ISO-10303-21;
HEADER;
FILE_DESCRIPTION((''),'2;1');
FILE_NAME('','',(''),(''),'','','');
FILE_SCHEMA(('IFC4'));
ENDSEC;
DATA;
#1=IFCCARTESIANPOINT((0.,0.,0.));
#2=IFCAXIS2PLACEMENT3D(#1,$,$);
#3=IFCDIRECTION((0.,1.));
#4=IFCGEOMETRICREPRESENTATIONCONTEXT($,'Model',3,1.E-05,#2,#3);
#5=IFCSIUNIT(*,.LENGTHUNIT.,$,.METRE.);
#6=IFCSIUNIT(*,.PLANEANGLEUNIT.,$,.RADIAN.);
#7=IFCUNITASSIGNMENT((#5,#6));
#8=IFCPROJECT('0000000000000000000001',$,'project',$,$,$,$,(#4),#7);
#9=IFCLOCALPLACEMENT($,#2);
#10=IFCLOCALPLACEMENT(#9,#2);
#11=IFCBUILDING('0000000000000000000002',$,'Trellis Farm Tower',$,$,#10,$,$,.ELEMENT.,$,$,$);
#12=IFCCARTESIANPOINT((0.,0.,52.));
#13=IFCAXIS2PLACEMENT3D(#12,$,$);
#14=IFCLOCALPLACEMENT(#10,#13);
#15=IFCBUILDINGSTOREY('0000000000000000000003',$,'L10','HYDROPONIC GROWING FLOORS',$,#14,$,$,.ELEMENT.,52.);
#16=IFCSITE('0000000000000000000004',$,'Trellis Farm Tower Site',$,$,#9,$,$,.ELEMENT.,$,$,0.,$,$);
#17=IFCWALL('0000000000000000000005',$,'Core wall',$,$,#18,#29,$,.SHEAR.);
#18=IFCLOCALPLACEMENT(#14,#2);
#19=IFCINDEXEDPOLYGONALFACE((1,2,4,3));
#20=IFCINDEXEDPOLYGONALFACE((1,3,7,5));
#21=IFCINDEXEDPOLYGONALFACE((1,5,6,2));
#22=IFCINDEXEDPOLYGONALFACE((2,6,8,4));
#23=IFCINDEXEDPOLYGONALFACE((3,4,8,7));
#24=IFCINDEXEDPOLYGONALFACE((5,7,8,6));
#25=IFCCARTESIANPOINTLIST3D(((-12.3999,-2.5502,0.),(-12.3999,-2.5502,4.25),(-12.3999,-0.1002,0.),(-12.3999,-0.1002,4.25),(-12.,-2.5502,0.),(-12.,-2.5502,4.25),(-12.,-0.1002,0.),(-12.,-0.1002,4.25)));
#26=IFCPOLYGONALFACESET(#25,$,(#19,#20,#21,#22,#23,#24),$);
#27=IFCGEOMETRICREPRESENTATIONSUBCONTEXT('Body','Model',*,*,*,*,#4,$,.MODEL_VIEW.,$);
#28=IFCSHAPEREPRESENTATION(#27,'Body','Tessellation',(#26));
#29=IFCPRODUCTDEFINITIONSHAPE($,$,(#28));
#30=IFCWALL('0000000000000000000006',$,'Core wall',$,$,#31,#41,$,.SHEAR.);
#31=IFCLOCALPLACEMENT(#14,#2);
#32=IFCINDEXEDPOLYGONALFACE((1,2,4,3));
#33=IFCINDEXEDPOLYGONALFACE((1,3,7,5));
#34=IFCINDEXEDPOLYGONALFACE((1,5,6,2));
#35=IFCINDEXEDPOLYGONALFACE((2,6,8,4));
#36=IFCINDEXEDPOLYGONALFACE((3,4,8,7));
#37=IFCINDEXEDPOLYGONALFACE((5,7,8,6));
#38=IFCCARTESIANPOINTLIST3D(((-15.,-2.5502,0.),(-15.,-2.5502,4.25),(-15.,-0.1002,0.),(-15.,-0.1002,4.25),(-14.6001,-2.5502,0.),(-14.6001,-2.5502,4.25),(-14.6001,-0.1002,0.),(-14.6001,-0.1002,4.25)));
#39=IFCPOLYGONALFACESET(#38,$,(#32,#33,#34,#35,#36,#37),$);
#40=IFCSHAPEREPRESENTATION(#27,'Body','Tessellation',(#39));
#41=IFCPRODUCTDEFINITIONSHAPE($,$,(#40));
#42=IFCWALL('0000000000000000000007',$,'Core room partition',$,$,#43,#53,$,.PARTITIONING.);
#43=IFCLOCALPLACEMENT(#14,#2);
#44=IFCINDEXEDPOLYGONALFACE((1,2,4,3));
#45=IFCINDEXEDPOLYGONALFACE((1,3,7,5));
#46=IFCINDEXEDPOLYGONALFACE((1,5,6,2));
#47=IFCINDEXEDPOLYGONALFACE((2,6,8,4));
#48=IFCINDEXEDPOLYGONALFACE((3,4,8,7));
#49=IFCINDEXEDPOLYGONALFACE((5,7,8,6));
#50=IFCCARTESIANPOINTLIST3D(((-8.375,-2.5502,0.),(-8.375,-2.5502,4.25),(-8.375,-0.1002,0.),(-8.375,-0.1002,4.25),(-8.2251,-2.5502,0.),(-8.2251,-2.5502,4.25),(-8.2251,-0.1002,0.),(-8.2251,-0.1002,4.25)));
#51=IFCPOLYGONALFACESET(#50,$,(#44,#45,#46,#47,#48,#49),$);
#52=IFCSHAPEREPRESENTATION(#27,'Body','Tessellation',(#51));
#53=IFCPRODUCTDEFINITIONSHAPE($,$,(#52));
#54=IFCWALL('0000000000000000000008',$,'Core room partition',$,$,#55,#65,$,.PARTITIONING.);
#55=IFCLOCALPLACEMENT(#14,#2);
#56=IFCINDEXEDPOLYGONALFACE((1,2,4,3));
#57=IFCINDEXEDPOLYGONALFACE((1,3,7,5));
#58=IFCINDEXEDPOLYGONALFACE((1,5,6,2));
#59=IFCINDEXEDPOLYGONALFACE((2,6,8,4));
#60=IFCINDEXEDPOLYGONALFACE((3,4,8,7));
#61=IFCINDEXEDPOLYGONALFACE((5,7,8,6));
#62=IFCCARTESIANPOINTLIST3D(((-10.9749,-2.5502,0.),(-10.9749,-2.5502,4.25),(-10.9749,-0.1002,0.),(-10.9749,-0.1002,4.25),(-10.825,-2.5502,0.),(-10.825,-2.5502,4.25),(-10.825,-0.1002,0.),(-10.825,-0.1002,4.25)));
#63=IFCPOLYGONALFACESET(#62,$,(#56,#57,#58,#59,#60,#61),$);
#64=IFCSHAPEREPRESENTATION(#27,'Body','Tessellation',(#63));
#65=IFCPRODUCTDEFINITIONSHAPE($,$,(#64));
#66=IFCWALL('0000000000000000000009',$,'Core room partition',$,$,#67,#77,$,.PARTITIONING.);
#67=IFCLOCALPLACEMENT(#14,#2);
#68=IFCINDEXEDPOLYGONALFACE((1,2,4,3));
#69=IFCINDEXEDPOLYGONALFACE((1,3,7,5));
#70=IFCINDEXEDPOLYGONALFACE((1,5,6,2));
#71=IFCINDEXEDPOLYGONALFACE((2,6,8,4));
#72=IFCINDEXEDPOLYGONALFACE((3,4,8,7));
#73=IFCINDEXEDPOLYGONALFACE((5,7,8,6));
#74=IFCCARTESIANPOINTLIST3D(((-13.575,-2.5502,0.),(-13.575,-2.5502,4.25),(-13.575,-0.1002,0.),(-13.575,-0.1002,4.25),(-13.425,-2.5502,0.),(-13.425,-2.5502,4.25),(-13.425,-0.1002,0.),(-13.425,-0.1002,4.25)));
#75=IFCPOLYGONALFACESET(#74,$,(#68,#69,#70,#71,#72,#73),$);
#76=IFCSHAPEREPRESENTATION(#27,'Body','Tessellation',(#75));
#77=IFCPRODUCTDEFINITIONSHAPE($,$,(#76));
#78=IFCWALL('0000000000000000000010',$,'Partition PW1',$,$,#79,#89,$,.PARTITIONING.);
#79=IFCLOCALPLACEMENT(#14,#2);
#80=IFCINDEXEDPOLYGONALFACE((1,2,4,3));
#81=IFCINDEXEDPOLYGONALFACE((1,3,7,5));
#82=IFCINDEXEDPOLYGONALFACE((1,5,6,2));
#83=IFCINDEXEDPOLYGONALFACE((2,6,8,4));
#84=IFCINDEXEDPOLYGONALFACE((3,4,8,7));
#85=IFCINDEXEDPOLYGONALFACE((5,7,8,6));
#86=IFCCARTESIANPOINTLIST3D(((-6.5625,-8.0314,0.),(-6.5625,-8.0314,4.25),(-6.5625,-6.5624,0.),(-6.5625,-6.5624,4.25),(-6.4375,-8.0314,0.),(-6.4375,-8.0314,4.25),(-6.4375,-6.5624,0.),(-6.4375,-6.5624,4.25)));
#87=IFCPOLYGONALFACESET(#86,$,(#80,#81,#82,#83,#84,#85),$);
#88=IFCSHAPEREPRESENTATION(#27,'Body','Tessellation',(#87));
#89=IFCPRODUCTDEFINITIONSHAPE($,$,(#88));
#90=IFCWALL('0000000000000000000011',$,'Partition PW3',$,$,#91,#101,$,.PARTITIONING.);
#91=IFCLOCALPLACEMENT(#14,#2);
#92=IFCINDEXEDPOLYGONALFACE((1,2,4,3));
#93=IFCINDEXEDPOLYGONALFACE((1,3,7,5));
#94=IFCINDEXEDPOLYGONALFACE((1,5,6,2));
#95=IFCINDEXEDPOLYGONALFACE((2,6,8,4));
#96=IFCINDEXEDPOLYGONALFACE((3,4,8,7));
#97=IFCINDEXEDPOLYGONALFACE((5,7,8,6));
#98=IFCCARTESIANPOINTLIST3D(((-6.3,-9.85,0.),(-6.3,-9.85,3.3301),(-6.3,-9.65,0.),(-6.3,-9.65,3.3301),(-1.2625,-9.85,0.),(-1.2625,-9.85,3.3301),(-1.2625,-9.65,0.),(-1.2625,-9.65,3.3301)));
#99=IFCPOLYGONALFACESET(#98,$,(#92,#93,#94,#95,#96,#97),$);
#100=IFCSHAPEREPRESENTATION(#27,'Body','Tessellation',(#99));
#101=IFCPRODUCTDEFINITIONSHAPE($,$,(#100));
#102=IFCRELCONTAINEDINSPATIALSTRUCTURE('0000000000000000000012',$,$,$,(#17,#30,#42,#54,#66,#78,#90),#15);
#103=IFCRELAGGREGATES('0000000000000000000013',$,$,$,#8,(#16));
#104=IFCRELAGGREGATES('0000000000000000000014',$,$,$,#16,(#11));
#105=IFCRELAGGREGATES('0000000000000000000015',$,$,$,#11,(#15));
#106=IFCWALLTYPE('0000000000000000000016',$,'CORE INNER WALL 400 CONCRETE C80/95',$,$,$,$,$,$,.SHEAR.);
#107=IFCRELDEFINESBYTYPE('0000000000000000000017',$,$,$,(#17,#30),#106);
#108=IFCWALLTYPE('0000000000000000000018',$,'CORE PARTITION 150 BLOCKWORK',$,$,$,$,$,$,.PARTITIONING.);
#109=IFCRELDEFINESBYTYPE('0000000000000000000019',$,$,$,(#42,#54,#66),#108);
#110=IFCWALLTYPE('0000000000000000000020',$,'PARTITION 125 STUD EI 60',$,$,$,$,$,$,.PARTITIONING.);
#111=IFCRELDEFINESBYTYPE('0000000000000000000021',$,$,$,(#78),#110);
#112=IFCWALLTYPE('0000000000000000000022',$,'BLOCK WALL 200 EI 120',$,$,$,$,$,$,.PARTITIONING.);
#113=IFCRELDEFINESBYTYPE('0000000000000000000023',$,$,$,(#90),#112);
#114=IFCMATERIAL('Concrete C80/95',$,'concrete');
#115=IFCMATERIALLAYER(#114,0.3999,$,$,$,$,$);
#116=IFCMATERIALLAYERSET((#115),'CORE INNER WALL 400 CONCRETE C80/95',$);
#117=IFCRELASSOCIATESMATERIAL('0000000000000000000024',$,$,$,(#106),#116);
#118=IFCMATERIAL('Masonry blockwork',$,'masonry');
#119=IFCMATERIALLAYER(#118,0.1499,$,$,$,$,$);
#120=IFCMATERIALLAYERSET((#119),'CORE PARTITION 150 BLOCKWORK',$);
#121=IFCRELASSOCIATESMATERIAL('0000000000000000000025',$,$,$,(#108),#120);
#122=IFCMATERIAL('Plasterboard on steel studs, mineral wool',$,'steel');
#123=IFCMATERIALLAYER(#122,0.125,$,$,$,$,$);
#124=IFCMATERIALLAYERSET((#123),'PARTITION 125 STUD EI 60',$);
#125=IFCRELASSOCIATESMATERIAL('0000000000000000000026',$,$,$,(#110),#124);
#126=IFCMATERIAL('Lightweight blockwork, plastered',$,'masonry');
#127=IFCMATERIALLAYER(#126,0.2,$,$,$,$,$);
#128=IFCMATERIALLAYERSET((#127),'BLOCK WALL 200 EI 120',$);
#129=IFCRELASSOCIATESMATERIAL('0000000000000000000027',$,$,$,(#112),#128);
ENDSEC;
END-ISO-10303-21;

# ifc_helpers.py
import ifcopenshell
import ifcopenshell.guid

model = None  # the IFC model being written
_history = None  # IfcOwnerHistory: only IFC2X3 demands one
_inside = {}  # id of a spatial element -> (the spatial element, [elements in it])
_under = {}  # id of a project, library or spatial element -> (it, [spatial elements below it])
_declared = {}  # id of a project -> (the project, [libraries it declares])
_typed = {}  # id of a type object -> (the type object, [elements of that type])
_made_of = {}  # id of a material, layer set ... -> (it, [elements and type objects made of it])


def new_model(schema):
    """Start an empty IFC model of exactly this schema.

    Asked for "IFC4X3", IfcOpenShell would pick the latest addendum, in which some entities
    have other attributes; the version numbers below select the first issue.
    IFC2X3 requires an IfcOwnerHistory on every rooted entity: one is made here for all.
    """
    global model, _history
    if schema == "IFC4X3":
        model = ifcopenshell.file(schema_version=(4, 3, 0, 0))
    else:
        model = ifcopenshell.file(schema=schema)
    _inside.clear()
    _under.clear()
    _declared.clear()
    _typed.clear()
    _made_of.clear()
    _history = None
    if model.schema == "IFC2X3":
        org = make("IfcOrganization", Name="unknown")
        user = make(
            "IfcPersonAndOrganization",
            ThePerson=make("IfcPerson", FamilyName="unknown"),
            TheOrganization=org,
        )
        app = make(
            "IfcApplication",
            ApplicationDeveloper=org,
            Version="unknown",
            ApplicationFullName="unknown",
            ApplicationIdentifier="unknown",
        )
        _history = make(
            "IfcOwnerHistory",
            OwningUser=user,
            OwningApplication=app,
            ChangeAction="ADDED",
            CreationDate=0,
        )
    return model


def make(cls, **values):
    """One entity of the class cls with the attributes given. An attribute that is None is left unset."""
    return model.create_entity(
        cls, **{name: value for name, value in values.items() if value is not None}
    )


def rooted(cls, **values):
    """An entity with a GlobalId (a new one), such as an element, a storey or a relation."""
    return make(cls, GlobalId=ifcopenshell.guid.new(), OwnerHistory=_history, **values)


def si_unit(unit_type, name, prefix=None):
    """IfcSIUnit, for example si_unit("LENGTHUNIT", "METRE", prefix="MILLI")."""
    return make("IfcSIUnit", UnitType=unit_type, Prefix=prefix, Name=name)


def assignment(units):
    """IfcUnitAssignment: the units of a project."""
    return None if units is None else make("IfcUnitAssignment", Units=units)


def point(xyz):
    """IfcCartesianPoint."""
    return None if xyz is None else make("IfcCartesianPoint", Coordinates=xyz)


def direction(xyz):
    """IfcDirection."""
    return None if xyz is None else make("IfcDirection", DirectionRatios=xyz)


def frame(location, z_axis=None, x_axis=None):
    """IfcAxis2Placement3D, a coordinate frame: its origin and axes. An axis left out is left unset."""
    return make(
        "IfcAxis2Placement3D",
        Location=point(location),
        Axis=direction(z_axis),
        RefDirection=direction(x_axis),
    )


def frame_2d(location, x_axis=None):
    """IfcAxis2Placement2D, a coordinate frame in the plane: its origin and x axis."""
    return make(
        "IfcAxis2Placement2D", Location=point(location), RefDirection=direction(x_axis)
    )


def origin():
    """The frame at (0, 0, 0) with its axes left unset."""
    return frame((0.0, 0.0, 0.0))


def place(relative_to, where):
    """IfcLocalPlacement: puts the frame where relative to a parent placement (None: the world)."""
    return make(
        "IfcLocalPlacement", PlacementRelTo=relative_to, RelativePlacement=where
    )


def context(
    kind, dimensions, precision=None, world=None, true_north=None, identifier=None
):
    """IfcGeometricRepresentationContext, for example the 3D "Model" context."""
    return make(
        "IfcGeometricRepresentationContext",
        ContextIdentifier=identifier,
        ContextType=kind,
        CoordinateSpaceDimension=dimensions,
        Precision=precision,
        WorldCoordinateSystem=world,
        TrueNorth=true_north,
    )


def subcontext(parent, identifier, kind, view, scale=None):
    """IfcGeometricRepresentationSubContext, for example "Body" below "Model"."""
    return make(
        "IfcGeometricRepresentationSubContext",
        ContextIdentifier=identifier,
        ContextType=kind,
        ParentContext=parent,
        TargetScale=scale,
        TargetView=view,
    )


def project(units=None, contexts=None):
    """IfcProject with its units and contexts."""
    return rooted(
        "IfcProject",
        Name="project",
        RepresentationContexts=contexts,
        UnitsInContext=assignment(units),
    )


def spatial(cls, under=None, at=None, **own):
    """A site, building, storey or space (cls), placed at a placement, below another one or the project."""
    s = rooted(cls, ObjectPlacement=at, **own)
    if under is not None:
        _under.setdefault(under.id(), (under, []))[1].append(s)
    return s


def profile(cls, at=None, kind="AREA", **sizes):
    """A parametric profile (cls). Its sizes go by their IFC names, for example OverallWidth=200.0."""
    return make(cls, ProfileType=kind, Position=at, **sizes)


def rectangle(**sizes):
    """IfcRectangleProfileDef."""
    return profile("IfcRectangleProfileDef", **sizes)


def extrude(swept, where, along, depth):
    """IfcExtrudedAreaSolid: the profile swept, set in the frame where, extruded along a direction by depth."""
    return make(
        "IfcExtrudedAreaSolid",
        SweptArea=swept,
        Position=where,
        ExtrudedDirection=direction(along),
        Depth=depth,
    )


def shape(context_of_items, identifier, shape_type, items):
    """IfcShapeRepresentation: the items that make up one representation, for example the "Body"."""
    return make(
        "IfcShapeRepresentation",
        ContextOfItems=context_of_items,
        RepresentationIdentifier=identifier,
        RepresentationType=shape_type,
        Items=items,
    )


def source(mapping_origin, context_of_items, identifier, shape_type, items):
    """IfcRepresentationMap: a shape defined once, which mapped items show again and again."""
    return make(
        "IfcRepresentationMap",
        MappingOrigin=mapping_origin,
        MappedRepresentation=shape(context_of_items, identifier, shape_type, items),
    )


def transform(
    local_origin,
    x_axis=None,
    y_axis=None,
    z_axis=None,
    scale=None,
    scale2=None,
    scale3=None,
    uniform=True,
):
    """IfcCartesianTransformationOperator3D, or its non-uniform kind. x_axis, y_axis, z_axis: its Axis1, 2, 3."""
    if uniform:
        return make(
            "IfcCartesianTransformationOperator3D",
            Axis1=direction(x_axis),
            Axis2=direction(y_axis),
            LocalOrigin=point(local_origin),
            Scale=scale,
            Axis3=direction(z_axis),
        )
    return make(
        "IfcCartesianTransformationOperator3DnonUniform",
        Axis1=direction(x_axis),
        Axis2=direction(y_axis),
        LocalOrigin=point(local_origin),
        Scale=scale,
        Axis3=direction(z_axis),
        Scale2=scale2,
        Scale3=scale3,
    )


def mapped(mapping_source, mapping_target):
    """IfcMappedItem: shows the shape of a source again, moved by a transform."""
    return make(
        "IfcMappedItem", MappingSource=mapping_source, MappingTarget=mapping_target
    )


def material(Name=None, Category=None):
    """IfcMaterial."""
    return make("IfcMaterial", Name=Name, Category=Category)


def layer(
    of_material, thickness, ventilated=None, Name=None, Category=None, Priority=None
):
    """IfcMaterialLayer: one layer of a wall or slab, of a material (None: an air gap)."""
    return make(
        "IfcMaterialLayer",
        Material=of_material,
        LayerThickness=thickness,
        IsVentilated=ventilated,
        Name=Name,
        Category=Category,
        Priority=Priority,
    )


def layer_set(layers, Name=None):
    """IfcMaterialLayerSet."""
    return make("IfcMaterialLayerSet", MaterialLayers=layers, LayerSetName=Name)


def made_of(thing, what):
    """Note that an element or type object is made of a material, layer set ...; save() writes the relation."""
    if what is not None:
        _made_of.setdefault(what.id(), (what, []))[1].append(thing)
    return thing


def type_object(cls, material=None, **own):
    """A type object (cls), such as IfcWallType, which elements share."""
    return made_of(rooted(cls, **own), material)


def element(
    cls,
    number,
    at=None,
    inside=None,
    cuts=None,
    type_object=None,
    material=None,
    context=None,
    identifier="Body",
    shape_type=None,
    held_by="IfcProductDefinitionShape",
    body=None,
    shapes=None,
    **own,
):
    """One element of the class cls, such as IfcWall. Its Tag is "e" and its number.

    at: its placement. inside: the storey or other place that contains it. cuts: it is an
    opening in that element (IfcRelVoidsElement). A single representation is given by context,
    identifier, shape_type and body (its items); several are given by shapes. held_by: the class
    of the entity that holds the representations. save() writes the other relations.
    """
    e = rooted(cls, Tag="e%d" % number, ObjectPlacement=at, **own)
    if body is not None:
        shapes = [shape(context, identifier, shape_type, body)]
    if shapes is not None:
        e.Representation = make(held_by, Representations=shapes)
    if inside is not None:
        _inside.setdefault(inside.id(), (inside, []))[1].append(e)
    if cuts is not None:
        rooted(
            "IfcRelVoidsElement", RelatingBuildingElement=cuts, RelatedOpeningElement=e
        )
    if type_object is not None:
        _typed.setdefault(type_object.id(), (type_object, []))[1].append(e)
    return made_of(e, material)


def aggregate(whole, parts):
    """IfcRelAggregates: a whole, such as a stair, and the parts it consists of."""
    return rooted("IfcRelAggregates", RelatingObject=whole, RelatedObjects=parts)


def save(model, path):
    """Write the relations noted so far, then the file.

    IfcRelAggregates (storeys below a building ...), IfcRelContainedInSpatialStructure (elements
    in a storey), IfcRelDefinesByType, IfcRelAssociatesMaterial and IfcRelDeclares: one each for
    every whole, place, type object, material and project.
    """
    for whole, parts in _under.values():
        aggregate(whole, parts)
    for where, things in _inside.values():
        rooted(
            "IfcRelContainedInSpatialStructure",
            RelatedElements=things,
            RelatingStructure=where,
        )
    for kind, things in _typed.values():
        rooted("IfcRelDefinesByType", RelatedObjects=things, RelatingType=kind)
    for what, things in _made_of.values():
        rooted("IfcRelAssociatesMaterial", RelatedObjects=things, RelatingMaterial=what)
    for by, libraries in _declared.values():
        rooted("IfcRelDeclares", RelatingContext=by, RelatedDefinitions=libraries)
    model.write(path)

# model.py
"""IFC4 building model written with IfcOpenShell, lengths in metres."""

from ifc_helpers import new_model, si_unit, direction, frame, frame_2d, origin, place, context, subcontext, project, spatial, rectangle, extrude, source, transform, mapped, material, layer, layer_set, type_object, element, save


model = new_model("IFC4")

# Units and contexts
model_context = context("Model", 3, precision=1e-05, world=origin(), true_north=direction((0.0, 1.0)))
body_context = subcontext(model_context, "Body", "Model", "MODEL_VIEW")
ifc_project = project(units=[si_unit("LENGTHUNIT", "METRE"), si_unit("PLANEANGLEUNIT", "RADIAN")], contexts=[model_context])

# Site, building, storey
site_placement = place(None, origin())
site = spatial("IfcSite", under=ifc_project, at=site_placement, Name="Trellis Farm Tower Site", CompositionType="ELEMENT", RefElevation=0.0)
building_placement = place(site_placement, origin())
building = spatial("IfcBuilding", under=site, at=building_placement, Name="Trellis Farm Tower", CompositionType="ELEMENT")
storey_placement = place(building_placement, frame((0.0, 0.0, 52.0)))
storey = spatial("IfcBuildingStorey", under=building, at=storey_placement, Name="L10", Description="HYDROPONIC GROWING FLOORS", CompositionType="ELEMENT", Elevation=52.0)

# Shared definitions
ifc_material_1 = material(Name="Concrete C80/95", Category="concrete")

# Walls
ifc_layer_1 = layer(ifc_material_1, 0.3999)
ifc_layer_set_1 = layer_set([ifc_layer_1], Name="CORE INNER WALL 400 CONCRETE C80/95")
wall_type_1 = type_object("IfcWallType", Name="CORE INNER WALL 400 CONCRETE C80/95", PredefinedType="SHEAR", material=ifc_layer_set_1)
shared_shape_1 = source(origin(), body_context, "Body", "SweptSolid", [
    extrude(rectangle(XDim=2.45, YDim=0.3999, at=frame_2d((1.2251, 0.0))), origin(), (0.0, 0.0, 1.0), 4.25),
])
for number, where, z_axis, x_axis, name in (
    (1, (-12.2, -0.1001, 0.0), (0.0, 0.0, 1.0), (0.0, -1.0, 0.0), "Core wall"),
    (2, (-14.8, -0.1001, 0.0), (0.0, 0.0, 1.0), (0.0, -1.0, 0.0), "Core wall"),
):
    element("IfcWall", number, at=place(storey_placement, frame(where, z_axis=z_axis, x_axis=x_axis)), inside=storey, type_object=wall_type_1, Name=name, PredefinedType="SHEAR", context=body_context, shape_type="MappedRepresentation", body=[
        mapped(shared_shape_1, transform((0.0, 0.0, 0.0))),
    ])

# Walls
ifc_material_2 = material(Name="Masonry blockwork", Category="masonry")
ifc_layer_2 = layer(ifc_material_2, 0.1499)
ifc_layer_set_2 = layer_set([ifc_layer_2], Name="CORE PARTITION 150 BLOCKWORK")
wall_type_2 = type_object("IfcWallType", Name="CORE PARTITION 150 BLOCKWORK", PredefinedType="PARTITIONING", material=ifc_layer_set_2)
shared_shape_2 = source(origin(), body_context, "Body", "SweptSolid", [
    extrude(rectangle(XDim=2.45, YDim=0.1499, at=frame_2d((1.2251, 0.0))), origin(), (0.0, 0.0, 1.0), 4.25),
])
for number, where, z_axis, x_axis, name in (
    (3, (-8.3, -0.1001, 0.0), (0.0, 0.0, 1.0), (0.0, -1.0, 0.0), "Core room partition"),
    (4, (-10.8999, -0.1001, 0.0), (0.0, 0.0, 1.0), (0.0, -1.0, 0.0), "Core room partition"),
    (5, (-13.5, -0.1001, 0.0), (0.0, 0.0, 1.0), (0.0, -1.0, 0.0), "Core room partition"),
):
    element("IfcWall", number, at=place(storey_placement, frame(where, z_axis=z_axis, x_axis=x_axis)), inside=storey, type_object=wall_type_2, Name=name, PredefinedType="PARTITIONING", context=body_context, shape_type="MappedRepresentation", body=[
        mapped(shared_shape_2, transform((0.0, 0.0, 0.0))),
    ])

# Walls
ifc_material_3 = material(Name="Plasterboard on steel studs, mineral wool", Category="steel")
ifc_layer_3 = layer(ifc_material_3, 0.125)
ifc_layer_set_3 = layer_set([ifc_layer_3], Name="PARTITION 125 STUD EI 60")
wall_type_3 = type_object("IfcWallType", Name="PARTITION 125 STUD EI 60", PredefinedType="PARTITIONING", material=ifc_layer_set_3)
shared_shape_3 = source(origin(), body_context, "Body", "SweptSolid", [
    extrude(rectangle(XDim=1.469, YDim=0.125, at=frame_2d((0.7344, 0.0))), origin(), (0.0, 0.0, 1.0), 4.25),
])
wall_1_placement = place(storey_placement, frame((-6.5, -6.5625, 0.0), z_axis=(0.0, 0.0, 1.0), x_axis=(0.0, -1.0, 0.0)))
element("IfcWall", 6, at=wall_1_placement, inside=storey, type_object=wall_type_3, Name="Partition PW1", PredefinedType="PARTITIONING", context=body_context, shape_type="MappedRepresentation", body=[
    mapped(shared_shape_3, transform((0.0, 0.0, 0.0))),
])
ifc_material_4 = material(Name="Lightweight blockwork, plastered", Category="masonry")
ifc_layer_4 = layer(ifc_material_4, 0.2)
ifc_layer_set_4 = layer_set([ifc_layer_4], Name="BLOCK WALL 200 EI 120")
wall_type_4 = type_object("IfcWallType", Name="BLOCK WALL 200 EI 120", PredefinedType="PARTITIONING", material=ifc_layer_set_4)
shared_shape_4 = source(origin(), body_context, "Body", "SweptSolid", [
    extrude(rectangle(XDim=5.0376, YDim=0.2, at=frame_2d((2.5188, 0.0))), origin(), (0.0, 0.0, 1.0), 3.3301),
])
wall_2_placement = place(storey_placement, frame((-6.3, -9.75, 0.0), z_axis=(0.0, 0.0, 1.0), x_axis=(1.0, 0.0, 0.0)))
element("IfcWall", 7, at=wall_2_placement, inside=storey, type_object=wall_type_4, Name="Partition PW3", PredefinedType="PARTITIONING", context=body_context, shape_type="MappedRepresentation", body=[
    mapped(shared_shape_4, transform((0.0, 0.0, 0.0))),
])

save(model, "model.ifc")
